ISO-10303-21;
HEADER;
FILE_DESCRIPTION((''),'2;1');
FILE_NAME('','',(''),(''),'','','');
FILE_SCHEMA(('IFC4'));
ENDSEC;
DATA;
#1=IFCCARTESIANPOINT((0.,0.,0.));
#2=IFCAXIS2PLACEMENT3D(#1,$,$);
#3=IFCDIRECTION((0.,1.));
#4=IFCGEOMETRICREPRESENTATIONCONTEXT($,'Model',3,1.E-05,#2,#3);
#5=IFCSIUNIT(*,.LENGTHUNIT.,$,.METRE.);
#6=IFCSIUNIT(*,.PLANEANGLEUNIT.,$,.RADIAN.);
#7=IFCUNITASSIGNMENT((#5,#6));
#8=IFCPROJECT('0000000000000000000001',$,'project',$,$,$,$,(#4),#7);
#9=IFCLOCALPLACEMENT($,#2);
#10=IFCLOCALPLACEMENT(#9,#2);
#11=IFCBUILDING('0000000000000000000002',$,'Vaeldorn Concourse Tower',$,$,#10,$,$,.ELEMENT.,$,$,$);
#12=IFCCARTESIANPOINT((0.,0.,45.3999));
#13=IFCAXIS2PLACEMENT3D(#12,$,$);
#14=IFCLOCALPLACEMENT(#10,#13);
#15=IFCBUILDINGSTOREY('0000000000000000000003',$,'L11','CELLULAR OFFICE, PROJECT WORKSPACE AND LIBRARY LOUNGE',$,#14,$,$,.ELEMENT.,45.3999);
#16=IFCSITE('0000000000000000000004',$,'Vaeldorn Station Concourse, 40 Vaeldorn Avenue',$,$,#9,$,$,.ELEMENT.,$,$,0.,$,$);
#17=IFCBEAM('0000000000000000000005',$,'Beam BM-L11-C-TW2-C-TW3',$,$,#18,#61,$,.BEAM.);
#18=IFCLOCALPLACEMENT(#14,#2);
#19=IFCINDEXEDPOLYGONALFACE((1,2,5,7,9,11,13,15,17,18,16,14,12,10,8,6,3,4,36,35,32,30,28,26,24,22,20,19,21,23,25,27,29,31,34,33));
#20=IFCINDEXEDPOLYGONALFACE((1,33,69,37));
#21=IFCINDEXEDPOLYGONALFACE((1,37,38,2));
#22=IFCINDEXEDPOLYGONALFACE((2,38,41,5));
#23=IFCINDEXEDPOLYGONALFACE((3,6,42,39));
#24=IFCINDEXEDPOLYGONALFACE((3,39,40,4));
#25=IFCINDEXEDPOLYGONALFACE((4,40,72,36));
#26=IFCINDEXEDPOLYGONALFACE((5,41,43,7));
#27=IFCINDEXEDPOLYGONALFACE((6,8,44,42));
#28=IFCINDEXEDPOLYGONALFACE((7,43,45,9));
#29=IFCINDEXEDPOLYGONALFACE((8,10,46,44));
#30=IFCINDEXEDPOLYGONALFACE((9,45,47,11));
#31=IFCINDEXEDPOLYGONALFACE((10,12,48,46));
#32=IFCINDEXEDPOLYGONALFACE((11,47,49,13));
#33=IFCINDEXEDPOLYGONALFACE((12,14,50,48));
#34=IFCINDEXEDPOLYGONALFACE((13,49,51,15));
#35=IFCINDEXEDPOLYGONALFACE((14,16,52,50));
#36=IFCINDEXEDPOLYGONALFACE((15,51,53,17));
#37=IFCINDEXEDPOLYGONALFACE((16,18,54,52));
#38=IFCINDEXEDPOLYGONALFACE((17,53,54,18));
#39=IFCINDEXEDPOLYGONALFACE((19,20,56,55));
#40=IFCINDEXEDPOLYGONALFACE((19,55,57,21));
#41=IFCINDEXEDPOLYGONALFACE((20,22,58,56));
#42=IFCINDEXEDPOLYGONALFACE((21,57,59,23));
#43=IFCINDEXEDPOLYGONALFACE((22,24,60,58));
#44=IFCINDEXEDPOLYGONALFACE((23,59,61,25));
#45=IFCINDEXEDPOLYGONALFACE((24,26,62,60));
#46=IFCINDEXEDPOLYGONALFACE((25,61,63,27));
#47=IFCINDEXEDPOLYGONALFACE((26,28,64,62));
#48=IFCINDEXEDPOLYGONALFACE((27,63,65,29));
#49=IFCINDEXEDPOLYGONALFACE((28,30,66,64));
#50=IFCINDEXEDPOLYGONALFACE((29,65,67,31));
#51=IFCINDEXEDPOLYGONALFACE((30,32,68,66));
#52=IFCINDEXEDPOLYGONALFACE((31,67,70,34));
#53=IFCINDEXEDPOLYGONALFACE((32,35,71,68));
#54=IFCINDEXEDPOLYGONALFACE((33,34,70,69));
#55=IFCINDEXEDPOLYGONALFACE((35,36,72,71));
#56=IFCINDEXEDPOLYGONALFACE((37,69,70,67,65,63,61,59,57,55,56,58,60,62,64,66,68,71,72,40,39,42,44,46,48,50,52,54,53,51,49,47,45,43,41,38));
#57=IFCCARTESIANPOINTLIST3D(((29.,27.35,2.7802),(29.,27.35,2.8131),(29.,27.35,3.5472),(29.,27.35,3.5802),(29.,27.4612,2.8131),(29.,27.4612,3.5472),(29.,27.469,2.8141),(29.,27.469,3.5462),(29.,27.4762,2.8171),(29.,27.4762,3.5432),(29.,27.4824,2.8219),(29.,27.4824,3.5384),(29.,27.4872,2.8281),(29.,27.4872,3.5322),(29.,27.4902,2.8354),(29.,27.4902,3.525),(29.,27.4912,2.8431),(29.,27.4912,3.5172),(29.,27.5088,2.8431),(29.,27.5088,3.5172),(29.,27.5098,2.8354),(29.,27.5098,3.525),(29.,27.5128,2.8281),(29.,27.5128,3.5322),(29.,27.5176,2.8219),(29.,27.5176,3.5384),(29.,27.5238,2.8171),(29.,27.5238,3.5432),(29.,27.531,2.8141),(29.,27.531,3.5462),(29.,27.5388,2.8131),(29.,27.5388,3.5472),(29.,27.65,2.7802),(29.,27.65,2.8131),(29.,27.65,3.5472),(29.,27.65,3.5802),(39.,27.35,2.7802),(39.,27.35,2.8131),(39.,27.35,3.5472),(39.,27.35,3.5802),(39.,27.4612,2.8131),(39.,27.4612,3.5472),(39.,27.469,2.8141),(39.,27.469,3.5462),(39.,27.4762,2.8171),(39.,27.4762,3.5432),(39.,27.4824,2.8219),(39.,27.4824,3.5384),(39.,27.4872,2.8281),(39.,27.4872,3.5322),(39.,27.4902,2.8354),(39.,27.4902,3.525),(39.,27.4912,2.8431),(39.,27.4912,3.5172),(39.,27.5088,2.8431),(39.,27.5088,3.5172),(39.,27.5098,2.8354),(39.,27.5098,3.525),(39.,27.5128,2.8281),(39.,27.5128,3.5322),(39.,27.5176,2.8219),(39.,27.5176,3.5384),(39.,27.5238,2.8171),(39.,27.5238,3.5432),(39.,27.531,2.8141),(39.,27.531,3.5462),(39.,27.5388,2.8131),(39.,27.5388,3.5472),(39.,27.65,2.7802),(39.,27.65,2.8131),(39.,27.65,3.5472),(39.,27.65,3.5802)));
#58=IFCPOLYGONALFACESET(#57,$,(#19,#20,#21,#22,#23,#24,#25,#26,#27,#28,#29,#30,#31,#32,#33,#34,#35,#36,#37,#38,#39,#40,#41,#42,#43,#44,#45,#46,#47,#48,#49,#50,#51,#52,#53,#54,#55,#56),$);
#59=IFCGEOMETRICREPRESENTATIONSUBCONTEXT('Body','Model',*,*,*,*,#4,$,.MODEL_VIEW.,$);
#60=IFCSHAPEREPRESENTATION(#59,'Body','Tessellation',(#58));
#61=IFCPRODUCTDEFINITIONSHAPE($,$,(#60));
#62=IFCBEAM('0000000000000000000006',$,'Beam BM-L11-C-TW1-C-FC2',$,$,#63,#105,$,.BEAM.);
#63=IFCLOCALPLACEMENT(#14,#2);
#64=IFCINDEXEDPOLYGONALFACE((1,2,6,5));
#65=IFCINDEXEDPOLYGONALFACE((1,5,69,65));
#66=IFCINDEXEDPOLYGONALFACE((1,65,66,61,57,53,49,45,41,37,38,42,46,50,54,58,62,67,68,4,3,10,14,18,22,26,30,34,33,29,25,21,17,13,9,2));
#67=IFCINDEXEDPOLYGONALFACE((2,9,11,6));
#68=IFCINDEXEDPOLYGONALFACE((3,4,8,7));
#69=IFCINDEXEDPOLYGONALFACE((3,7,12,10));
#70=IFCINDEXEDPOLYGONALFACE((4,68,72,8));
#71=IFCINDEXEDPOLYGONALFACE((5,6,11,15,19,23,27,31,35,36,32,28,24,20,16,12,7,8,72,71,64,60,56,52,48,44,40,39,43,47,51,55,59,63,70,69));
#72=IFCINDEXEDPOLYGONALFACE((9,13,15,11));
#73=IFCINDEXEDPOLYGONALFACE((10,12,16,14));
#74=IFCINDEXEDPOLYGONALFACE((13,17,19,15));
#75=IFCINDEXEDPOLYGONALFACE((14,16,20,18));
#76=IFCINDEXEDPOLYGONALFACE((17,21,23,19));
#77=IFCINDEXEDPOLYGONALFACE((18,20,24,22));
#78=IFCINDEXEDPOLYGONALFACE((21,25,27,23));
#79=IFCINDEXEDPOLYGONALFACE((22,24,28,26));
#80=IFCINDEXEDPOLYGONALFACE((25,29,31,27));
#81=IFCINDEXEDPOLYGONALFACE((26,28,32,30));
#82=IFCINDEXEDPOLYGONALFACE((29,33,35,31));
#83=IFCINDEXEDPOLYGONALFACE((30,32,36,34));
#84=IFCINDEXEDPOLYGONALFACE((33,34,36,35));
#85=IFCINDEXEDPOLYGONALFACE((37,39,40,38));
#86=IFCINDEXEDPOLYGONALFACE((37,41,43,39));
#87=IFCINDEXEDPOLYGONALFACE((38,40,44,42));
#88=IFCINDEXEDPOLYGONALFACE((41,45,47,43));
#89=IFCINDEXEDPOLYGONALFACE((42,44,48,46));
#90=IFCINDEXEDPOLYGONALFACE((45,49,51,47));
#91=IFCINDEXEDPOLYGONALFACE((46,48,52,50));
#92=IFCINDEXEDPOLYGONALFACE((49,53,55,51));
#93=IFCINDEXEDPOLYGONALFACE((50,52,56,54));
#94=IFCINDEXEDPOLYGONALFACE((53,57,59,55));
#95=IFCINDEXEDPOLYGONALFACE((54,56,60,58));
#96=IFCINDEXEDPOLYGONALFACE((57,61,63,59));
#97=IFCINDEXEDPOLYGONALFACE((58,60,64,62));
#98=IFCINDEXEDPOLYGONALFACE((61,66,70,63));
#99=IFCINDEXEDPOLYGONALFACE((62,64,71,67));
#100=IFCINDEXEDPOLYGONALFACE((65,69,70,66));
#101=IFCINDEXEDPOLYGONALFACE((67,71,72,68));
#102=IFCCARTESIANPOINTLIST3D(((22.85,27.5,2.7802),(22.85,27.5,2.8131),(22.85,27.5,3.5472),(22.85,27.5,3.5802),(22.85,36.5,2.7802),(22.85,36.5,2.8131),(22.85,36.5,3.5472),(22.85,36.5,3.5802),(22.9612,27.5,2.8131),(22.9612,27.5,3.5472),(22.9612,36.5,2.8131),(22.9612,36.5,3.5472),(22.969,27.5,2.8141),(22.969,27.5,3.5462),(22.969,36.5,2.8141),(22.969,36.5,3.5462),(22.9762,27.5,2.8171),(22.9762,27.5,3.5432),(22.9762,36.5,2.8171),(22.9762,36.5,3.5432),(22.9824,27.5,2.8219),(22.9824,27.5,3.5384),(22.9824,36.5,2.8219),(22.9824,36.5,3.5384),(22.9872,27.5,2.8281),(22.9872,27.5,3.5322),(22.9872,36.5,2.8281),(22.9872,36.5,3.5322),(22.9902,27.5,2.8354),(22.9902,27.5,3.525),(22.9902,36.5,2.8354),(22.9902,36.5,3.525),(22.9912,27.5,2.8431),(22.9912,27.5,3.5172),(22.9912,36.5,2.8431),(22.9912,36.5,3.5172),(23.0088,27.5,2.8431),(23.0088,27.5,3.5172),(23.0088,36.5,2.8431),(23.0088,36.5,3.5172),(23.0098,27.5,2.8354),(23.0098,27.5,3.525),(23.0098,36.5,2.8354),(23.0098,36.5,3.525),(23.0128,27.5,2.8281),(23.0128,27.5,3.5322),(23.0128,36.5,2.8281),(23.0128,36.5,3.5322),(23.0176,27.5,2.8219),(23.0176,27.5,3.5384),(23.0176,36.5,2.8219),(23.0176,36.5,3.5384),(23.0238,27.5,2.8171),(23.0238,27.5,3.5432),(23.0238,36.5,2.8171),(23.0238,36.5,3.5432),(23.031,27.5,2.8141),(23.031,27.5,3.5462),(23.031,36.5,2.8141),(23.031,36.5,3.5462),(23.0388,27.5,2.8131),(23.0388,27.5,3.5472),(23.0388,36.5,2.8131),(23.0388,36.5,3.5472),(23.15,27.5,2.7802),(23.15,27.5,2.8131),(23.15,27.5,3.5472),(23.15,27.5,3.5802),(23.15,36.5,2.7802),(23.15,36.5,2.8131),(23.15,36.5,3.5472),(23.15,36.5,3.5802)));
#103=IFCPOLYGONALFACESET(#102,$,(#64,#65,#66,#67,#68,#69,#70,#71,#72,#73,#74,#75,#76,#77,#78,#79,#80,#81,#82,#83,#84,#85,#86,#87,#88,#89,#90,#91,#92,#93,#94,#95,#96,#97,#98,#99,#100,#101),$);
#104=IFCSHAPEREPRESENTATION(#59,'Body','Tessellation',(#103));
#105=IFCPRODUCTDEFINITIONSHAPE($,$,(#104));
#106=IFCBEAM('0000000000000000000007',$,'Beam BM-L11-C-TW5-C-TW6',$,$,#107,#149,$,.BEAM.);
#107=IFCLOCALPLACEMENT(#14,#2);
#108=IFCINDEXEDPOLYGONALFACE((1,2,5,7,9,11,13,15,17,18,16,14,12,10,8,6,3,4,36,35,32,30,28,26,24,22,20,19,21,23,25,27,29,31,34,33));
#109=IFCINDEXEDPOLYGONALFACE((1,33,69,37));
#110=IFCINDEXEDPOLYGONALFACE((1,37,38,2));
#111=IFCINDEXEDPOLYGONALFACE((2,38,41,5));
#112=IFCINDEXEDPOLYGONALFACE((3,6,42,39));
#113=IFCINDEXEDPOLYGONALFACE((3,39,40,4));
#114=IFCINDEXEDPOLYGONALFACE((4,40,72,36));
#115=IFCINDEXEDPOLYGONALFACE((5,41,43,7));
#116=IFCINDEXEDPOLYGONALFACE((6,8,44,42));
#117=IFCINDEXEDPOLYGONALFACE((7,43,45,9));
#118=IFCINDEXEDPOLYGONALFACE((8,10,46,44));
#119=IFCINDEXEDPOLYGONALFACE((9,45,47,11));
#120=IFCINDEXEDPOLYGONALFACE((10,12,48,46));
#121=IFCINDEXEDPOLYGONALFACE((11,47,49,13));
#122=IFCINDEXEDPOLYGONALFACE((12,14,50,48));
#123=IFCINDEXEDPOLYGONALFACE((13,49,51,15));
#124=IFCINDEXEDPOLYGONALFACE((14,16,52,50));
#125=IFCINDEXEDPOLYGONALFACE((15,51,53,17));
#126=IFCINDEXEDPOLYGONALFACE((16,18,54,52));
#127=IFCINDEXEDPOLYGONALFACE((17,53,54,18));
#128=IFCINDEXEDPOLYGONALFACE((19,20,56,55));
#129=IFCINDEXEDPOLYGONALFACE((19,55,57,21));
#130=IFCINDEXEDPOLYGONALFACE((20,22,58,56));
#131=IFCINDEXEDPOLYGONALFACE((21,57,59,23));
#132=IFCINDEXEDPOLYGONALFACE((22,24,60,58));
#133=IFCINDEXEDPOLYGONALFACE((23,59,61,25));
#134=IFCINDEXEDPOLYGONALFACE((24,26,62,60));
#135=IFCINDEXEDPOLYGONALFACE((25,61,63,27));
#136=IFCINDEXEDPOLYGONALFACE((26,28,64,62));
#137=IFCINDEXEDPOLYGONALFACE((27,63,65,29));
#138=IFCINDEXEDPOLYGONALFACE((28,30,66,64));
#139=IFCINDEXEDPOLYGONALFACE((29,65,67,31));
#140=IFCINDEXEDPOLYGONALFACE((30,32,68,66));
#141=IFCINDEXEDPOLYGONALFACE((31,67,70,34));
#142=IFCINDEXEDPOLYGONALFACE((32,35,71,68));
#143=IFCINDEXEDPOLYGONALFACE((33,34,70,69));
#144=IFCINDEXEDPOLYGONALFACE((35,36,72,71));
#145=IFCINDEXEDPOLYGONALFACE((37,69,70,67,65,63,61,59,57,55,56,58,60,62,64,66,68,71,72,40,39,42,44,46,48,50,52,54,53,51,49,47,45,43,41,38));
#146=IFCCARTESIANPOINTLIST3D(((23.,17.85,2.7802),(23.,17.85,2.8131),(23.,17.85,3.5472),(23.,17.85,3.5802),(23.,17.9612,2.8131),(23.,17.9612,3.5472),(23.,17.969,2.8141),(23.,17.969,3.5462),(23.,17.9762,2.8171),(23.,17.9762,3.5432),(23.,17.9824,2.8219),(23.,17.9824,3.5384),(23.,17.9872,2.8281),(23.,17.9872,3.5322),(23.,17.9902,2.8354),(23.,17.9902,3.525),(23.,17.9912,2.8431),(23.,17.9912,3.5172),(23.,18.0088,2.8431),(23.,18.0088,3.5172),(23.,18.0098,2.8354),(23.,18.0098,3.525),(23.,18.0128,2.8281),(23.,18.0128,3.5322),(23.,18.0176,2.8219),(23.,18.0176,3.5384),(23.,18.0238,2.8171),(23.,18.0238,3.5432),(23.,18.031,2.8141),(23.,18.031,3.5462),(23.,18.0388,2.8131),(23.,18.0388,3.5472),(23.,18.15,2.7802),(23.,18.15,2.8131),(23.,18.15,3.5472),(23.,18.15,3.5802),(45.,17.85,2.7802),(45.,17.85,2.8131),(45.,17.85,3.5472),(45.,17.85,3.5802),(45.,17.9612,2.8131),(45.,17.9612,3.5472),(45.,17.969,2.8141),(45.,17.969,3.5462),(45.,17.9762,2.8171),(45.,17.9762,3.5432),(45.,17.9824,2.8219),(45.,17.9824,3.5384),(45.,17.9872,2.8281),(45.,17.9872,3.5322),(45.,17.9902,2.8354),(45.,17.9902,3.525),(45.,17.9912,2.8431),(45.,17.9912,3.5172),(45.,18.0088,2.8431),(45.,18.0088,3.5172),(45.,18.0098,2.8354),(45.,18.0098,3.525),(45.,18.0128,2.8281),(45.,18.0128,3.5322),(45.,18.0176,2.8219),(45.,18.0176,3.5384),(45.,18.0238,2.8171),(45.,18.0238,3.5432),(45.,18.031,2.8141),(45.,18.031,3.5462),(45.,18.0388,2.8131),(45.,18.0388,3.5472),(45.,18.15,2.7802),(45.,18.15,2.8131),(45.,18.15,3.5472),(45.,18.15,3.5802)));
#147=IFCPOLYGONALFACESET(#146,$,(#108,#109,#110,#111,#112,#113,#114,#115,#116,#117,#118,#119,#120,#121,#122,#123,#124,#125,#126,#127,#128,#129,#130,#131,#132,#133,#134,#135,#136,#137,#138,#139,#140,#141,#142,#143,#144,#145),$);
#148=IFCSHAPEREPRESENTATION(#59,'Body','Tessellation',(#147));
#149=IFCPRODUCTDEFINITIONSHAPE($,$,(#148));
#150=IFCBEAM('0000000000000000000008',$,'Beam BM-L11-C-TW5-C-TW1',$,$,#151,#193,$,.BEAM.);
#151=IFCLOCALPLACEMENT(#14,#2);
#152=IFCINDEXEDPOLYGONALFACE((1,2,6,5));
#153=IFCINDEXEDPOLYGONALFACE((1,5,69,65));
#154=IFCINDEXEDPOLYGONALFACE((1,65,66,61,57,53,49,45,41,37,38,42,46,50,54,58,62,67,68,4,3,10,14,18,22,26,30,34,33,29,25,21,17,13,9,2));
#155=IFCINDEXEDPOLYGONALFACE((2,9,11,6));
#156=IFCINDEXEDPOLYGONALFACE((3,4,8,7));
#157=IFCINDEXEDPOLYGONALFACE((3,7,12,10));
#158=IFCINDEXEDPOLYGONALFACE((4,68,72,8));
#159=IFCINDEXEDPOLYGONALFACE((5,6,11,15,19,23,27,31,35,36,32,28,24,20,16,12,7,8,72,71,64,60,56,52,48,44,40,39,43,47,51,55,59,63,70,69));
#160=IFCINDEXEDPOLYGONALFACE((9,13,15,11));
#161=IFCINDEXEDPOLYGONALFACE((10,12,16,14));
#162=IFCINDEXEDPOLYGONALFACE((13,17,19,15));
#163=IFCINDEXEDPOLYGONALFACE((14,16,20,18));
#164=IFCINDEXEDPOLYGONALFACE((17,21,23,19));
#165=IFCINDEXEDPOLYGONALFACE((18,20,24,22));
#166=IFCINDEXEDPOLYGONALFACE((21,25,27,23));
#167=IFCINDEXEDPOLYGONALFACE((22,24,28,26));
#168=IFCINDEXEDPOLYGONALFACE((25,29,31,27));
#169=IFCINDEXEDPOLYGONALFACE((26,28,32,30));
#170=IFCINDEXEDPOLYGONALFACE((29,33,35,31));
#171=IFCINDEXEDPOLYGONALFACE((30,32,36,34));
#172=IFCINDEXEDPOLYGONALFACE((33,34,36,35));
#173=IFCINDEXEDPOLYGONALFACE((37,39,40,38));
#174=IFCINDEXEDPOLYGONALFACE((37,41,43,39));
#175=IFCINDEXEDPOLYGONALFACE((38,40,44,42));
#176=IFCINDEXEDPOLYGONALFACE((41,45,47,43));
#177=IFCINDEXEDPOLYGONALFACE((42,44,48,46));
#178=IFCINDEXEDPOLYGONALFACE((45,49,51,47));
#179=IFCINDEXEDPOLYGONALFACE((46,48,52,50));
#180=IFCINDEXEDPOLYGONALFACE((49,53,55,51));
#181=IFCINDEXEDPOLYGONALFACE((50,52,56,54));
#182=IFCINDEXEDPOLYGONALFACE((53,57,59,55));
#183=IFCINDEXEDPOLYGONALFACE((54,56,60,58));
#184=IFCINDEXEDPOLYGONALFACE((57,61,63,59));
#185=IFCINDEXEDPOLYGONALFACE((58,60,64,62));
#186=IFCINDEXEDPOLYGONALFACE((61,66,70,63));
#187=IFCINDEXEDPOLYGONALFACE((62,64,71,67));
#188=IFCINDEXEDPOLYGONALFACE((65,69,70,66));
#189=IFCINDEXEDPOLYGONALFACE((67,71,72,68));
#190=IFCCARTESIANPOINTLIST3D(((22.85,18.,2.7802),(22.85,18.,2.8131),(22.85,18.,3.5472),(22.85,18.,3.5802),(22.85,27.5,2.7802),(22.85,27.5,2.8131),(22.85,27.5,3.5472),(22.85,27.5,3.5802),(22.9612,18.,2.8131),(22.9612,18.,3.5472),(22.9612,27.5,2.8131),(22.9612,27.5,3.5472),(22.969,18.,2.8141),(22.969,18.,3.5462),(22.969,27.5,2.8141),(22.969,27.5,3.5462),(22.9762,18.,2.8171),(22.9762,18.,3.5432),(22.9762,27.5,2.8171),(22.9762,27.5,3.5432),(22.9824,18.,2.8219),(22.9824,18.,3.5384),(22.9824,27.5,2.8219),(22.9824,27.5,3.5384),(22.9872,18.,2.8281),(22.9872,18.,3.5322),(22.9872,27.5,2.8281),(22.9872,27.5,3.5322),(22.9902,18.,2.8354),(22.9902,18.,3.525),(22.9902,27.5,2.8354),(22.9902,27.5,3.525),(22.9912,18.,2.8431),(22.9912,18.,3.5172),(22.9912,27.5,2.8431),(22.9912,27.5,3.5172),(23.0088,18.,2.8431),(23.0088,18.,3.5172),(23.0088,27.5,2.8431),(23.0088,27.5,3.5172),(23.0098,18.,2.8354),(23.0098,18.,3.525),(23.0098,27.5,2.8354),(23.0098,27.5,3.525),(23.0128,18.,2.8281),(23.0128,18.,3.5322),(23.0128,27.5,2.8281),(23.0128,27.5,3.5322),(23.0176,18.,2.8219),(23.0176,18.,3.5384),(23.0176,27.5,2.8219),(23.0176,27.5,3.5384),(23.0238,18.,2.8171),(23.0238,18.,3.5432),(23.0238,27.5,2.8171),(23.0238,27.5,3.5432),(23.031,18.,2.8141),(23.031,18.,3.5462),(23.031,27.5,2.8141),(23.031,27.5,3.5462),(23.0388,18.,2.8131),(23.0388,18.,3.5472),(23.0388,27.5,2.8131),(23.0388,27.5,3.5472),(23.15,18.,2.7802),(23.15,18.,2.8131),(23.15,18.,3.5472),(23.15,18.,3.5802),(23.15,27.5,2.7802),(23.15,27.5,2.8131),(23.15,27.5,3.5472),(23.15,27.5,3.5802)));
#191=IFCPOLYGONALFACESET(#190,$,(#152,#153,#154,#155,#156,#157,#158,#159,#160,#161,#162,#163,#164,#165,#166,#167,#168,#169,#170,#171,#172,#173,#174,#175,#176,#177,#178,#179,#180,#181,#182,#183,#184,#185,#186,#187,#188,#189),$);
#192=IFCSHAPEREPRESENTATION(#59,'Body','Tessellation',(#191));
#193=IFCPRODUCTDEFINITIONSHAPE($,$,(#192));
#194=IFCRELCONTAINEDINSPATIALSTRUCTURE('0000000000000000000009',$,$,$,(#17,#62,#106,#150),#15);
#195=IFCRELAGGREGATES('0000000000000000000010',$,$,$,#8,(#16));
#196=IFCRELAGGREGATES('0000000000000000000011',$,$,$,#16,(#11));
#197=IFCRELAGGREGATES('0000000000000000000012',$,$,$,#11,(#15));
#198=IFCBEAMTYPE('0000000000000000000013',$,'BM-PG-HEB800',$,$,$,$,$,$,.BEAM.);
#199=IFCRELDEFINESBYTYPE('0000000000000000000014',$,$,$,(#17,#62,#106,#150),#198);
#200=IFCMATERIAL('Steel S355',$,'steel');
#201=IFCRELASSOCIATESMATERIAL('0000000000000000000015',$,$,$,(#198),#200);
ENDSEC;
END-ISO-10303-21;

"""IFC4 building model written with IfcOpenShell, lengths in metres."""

from ifc_helpers import new_model, si_unit, direction, frame, origin, origin_2d, place, context, subcontext, project, spatial, i_section, extrude, source, transform, mapped, material, material_profile, profile_set, type_object, element, save


model = new_model("IFC4")

# Units and contexts
model_context = context("Model", 3, precision=1e-05, world=origin(), true_north=direction((0.0, 1.0)))
body_context = subcontext(model_context, "Body", "Model", "MODEL_VIEW")
ifc_project = project(units=[si_unit("LENGTHUNIT", "METRE"), si_unit("PLANEANGLEUNIT", "RADIAN")], contexts=[model_context])

# Site, building, storey
site_placement = place(None, origin())
site = spatial("IfcSite", under=ifc_project, at=site_placement, Name="Vaeldorn Station Concourse, 40 Vaeldorn Avenue", CompositionType="ELEMENT", RefElevation=0.0)
building_placement = place(site_placement, origin())
building = spatial("IfcBuilding", under=site, at=building_placement, Name="Vaeldorn Concourse Tower", CompositionType="ELEMENT")
storey_placement = place(building_placement, frame((0.0, 0.0, 45.3999)))
storey = spatial("IfcBuildingStorey", under=building, at=storey_placement, Name="L11", Description="CELLULAR OFFICE, PROJECT WORKSPACE AND LIBRARY LOUNGE", CompositionType="ELEMENT", Elevation=45.3999)

# Beams
ifc_material_1 = material(Name="Steel S355", Category="steel")
ifc_material_profile_1 = material_profile(ifc_material_1, i_section(OverallWidth=0.3, OverallDepth=0.8, WebThickness=0.0176, FlangeThickness=0.033, FilletRadius=0.03, at=origin_2d()), Name="HEB 800")
ifc_profile_set_1 = profile_set([ifc_material_profile_1], Name="Steel S355")
beam_type_1 = type_object("IfcBeamType", Name="BM-PG-HEB800", PredefinedType="BEAM", material=ifc_profile_set_1)
shared_shape_1 = source(origin(), body_context, "Body", "SweptSolid", [
    extrude(i_section(OverallWidth=0.3, OverallDepth=0.8, WebThickness=0.0176, FlangeThickness=0.033, FilletRadius=0.03, at=origin_2d()), origin(), (0.0, 0.0, 1.0), 10.0),
])
beam_1_placement = place(storey_placement, frame((29.0, 27.5, 3.1802), z_axis=(1.0, 0.0, 0.0), x_axis=(0.0, 1.0, 0.0)))
element("IfcBeam", 1, at=beam_1_placement, inside=storey, type_object=beam_type_1, Name="Beam BM-L11-C-TW2-C-TW3", PredefinedType="BEAM", context=body_context, shape_type="MappedRepresentation", body=[
    mapped(shared_shape_1, transform((0.0, 0.0, 0.0), scale=1.0)),
])
shared_shape_2 = source(origin(), body_context, "Body", "SweptSolid", [
    extrude(i_section(OverallWidth=0.3, OverallDepth=0.8, WebThickness=0.0176, FlangeThickness=0.033, FilletRadius=0.03, at=origin_2d()), origin(), (0.0, 0.0, 1.0), 9.0),
])
beam_2_placement = place(storey_placement, frame((23.0, 27.5, 3.1802), z_axis=(0.0, 1.0, 0.0), x_axis=(-1.0, 0.0, 0.0)))
element("IfcBeam", 2, at=beam_2_placement, inside=storey, type_object=beam_type_1, Name="Beam BM-L11-C-TW1-C-FC2", PredefinedType="BEAM", context=body_context, shape_type="MappedRepresentation", body=[
    mapped(shared_shape_2, transform((0.0, 0.0, 0.0), scale=1.0)),
])
shared_shape_3 = source(origin(), body_context, "Body", "SweptSolid", [
    extrude(i_section(OverallWidth=0.3, OverallDepth=0.8, WebThickness=0.0176, FlangeThickness=0.033, FilletRadius=0.03, at=origin_2d()), origin(), (0.0, 0.0, 1.0), 22.0),
])
beam_3_placement = place(storey_placement, frame((23.0, 18.0, 3.1802), z_axis=(1.0, 0.0, 0.0), x_axis=(0.0, 1.0, 0.0)))
element("IfcBeam", 3, at=beam_3_placement, inside=storey, type_object=beam_type_1, Name="Beam BM-L11-C-TW5-C-TW6", PredefinedType="BEAM", context=body_context, shape_type="MappedRepresentation", body=[
    mapped(shared_shape_3, transform((0.0, 0.0, 0.0), scale=1.0)),
])
shared_shape_4 = source(origin(), body_context, "Body", "SweptSolid", [
    extrude(i_section(OverallWidth=0.3, OverallDepth=0.8, WebThickness=0.0176, FlangeThickness=0.033, FilletRadius=0.03, at=origin_2d()), origin(), (0.0, 0.0, 1.0), 9.5),
])
beam_4_placement = place(storey_placement, frame((23.0, 18.0, 3.1802), z_axis=(0.0, 1.0, 0.0), x_axis=(-1.0, 0.0, 0.0)))
element("IfcBeam", 4, at=beam_4_placement, inside=storey, type_object=beam_type_1, Name="Beam BM-L11-C-TW5-C-TW1", PredefinedType="BEAM", context=body_context, shape_type="MappedRepresentation", body=[
    mapped(shared_shape_4, transform((0.0, 0.0, 0.0), scale=1.0)),
])

save(model, "model.ifc")
